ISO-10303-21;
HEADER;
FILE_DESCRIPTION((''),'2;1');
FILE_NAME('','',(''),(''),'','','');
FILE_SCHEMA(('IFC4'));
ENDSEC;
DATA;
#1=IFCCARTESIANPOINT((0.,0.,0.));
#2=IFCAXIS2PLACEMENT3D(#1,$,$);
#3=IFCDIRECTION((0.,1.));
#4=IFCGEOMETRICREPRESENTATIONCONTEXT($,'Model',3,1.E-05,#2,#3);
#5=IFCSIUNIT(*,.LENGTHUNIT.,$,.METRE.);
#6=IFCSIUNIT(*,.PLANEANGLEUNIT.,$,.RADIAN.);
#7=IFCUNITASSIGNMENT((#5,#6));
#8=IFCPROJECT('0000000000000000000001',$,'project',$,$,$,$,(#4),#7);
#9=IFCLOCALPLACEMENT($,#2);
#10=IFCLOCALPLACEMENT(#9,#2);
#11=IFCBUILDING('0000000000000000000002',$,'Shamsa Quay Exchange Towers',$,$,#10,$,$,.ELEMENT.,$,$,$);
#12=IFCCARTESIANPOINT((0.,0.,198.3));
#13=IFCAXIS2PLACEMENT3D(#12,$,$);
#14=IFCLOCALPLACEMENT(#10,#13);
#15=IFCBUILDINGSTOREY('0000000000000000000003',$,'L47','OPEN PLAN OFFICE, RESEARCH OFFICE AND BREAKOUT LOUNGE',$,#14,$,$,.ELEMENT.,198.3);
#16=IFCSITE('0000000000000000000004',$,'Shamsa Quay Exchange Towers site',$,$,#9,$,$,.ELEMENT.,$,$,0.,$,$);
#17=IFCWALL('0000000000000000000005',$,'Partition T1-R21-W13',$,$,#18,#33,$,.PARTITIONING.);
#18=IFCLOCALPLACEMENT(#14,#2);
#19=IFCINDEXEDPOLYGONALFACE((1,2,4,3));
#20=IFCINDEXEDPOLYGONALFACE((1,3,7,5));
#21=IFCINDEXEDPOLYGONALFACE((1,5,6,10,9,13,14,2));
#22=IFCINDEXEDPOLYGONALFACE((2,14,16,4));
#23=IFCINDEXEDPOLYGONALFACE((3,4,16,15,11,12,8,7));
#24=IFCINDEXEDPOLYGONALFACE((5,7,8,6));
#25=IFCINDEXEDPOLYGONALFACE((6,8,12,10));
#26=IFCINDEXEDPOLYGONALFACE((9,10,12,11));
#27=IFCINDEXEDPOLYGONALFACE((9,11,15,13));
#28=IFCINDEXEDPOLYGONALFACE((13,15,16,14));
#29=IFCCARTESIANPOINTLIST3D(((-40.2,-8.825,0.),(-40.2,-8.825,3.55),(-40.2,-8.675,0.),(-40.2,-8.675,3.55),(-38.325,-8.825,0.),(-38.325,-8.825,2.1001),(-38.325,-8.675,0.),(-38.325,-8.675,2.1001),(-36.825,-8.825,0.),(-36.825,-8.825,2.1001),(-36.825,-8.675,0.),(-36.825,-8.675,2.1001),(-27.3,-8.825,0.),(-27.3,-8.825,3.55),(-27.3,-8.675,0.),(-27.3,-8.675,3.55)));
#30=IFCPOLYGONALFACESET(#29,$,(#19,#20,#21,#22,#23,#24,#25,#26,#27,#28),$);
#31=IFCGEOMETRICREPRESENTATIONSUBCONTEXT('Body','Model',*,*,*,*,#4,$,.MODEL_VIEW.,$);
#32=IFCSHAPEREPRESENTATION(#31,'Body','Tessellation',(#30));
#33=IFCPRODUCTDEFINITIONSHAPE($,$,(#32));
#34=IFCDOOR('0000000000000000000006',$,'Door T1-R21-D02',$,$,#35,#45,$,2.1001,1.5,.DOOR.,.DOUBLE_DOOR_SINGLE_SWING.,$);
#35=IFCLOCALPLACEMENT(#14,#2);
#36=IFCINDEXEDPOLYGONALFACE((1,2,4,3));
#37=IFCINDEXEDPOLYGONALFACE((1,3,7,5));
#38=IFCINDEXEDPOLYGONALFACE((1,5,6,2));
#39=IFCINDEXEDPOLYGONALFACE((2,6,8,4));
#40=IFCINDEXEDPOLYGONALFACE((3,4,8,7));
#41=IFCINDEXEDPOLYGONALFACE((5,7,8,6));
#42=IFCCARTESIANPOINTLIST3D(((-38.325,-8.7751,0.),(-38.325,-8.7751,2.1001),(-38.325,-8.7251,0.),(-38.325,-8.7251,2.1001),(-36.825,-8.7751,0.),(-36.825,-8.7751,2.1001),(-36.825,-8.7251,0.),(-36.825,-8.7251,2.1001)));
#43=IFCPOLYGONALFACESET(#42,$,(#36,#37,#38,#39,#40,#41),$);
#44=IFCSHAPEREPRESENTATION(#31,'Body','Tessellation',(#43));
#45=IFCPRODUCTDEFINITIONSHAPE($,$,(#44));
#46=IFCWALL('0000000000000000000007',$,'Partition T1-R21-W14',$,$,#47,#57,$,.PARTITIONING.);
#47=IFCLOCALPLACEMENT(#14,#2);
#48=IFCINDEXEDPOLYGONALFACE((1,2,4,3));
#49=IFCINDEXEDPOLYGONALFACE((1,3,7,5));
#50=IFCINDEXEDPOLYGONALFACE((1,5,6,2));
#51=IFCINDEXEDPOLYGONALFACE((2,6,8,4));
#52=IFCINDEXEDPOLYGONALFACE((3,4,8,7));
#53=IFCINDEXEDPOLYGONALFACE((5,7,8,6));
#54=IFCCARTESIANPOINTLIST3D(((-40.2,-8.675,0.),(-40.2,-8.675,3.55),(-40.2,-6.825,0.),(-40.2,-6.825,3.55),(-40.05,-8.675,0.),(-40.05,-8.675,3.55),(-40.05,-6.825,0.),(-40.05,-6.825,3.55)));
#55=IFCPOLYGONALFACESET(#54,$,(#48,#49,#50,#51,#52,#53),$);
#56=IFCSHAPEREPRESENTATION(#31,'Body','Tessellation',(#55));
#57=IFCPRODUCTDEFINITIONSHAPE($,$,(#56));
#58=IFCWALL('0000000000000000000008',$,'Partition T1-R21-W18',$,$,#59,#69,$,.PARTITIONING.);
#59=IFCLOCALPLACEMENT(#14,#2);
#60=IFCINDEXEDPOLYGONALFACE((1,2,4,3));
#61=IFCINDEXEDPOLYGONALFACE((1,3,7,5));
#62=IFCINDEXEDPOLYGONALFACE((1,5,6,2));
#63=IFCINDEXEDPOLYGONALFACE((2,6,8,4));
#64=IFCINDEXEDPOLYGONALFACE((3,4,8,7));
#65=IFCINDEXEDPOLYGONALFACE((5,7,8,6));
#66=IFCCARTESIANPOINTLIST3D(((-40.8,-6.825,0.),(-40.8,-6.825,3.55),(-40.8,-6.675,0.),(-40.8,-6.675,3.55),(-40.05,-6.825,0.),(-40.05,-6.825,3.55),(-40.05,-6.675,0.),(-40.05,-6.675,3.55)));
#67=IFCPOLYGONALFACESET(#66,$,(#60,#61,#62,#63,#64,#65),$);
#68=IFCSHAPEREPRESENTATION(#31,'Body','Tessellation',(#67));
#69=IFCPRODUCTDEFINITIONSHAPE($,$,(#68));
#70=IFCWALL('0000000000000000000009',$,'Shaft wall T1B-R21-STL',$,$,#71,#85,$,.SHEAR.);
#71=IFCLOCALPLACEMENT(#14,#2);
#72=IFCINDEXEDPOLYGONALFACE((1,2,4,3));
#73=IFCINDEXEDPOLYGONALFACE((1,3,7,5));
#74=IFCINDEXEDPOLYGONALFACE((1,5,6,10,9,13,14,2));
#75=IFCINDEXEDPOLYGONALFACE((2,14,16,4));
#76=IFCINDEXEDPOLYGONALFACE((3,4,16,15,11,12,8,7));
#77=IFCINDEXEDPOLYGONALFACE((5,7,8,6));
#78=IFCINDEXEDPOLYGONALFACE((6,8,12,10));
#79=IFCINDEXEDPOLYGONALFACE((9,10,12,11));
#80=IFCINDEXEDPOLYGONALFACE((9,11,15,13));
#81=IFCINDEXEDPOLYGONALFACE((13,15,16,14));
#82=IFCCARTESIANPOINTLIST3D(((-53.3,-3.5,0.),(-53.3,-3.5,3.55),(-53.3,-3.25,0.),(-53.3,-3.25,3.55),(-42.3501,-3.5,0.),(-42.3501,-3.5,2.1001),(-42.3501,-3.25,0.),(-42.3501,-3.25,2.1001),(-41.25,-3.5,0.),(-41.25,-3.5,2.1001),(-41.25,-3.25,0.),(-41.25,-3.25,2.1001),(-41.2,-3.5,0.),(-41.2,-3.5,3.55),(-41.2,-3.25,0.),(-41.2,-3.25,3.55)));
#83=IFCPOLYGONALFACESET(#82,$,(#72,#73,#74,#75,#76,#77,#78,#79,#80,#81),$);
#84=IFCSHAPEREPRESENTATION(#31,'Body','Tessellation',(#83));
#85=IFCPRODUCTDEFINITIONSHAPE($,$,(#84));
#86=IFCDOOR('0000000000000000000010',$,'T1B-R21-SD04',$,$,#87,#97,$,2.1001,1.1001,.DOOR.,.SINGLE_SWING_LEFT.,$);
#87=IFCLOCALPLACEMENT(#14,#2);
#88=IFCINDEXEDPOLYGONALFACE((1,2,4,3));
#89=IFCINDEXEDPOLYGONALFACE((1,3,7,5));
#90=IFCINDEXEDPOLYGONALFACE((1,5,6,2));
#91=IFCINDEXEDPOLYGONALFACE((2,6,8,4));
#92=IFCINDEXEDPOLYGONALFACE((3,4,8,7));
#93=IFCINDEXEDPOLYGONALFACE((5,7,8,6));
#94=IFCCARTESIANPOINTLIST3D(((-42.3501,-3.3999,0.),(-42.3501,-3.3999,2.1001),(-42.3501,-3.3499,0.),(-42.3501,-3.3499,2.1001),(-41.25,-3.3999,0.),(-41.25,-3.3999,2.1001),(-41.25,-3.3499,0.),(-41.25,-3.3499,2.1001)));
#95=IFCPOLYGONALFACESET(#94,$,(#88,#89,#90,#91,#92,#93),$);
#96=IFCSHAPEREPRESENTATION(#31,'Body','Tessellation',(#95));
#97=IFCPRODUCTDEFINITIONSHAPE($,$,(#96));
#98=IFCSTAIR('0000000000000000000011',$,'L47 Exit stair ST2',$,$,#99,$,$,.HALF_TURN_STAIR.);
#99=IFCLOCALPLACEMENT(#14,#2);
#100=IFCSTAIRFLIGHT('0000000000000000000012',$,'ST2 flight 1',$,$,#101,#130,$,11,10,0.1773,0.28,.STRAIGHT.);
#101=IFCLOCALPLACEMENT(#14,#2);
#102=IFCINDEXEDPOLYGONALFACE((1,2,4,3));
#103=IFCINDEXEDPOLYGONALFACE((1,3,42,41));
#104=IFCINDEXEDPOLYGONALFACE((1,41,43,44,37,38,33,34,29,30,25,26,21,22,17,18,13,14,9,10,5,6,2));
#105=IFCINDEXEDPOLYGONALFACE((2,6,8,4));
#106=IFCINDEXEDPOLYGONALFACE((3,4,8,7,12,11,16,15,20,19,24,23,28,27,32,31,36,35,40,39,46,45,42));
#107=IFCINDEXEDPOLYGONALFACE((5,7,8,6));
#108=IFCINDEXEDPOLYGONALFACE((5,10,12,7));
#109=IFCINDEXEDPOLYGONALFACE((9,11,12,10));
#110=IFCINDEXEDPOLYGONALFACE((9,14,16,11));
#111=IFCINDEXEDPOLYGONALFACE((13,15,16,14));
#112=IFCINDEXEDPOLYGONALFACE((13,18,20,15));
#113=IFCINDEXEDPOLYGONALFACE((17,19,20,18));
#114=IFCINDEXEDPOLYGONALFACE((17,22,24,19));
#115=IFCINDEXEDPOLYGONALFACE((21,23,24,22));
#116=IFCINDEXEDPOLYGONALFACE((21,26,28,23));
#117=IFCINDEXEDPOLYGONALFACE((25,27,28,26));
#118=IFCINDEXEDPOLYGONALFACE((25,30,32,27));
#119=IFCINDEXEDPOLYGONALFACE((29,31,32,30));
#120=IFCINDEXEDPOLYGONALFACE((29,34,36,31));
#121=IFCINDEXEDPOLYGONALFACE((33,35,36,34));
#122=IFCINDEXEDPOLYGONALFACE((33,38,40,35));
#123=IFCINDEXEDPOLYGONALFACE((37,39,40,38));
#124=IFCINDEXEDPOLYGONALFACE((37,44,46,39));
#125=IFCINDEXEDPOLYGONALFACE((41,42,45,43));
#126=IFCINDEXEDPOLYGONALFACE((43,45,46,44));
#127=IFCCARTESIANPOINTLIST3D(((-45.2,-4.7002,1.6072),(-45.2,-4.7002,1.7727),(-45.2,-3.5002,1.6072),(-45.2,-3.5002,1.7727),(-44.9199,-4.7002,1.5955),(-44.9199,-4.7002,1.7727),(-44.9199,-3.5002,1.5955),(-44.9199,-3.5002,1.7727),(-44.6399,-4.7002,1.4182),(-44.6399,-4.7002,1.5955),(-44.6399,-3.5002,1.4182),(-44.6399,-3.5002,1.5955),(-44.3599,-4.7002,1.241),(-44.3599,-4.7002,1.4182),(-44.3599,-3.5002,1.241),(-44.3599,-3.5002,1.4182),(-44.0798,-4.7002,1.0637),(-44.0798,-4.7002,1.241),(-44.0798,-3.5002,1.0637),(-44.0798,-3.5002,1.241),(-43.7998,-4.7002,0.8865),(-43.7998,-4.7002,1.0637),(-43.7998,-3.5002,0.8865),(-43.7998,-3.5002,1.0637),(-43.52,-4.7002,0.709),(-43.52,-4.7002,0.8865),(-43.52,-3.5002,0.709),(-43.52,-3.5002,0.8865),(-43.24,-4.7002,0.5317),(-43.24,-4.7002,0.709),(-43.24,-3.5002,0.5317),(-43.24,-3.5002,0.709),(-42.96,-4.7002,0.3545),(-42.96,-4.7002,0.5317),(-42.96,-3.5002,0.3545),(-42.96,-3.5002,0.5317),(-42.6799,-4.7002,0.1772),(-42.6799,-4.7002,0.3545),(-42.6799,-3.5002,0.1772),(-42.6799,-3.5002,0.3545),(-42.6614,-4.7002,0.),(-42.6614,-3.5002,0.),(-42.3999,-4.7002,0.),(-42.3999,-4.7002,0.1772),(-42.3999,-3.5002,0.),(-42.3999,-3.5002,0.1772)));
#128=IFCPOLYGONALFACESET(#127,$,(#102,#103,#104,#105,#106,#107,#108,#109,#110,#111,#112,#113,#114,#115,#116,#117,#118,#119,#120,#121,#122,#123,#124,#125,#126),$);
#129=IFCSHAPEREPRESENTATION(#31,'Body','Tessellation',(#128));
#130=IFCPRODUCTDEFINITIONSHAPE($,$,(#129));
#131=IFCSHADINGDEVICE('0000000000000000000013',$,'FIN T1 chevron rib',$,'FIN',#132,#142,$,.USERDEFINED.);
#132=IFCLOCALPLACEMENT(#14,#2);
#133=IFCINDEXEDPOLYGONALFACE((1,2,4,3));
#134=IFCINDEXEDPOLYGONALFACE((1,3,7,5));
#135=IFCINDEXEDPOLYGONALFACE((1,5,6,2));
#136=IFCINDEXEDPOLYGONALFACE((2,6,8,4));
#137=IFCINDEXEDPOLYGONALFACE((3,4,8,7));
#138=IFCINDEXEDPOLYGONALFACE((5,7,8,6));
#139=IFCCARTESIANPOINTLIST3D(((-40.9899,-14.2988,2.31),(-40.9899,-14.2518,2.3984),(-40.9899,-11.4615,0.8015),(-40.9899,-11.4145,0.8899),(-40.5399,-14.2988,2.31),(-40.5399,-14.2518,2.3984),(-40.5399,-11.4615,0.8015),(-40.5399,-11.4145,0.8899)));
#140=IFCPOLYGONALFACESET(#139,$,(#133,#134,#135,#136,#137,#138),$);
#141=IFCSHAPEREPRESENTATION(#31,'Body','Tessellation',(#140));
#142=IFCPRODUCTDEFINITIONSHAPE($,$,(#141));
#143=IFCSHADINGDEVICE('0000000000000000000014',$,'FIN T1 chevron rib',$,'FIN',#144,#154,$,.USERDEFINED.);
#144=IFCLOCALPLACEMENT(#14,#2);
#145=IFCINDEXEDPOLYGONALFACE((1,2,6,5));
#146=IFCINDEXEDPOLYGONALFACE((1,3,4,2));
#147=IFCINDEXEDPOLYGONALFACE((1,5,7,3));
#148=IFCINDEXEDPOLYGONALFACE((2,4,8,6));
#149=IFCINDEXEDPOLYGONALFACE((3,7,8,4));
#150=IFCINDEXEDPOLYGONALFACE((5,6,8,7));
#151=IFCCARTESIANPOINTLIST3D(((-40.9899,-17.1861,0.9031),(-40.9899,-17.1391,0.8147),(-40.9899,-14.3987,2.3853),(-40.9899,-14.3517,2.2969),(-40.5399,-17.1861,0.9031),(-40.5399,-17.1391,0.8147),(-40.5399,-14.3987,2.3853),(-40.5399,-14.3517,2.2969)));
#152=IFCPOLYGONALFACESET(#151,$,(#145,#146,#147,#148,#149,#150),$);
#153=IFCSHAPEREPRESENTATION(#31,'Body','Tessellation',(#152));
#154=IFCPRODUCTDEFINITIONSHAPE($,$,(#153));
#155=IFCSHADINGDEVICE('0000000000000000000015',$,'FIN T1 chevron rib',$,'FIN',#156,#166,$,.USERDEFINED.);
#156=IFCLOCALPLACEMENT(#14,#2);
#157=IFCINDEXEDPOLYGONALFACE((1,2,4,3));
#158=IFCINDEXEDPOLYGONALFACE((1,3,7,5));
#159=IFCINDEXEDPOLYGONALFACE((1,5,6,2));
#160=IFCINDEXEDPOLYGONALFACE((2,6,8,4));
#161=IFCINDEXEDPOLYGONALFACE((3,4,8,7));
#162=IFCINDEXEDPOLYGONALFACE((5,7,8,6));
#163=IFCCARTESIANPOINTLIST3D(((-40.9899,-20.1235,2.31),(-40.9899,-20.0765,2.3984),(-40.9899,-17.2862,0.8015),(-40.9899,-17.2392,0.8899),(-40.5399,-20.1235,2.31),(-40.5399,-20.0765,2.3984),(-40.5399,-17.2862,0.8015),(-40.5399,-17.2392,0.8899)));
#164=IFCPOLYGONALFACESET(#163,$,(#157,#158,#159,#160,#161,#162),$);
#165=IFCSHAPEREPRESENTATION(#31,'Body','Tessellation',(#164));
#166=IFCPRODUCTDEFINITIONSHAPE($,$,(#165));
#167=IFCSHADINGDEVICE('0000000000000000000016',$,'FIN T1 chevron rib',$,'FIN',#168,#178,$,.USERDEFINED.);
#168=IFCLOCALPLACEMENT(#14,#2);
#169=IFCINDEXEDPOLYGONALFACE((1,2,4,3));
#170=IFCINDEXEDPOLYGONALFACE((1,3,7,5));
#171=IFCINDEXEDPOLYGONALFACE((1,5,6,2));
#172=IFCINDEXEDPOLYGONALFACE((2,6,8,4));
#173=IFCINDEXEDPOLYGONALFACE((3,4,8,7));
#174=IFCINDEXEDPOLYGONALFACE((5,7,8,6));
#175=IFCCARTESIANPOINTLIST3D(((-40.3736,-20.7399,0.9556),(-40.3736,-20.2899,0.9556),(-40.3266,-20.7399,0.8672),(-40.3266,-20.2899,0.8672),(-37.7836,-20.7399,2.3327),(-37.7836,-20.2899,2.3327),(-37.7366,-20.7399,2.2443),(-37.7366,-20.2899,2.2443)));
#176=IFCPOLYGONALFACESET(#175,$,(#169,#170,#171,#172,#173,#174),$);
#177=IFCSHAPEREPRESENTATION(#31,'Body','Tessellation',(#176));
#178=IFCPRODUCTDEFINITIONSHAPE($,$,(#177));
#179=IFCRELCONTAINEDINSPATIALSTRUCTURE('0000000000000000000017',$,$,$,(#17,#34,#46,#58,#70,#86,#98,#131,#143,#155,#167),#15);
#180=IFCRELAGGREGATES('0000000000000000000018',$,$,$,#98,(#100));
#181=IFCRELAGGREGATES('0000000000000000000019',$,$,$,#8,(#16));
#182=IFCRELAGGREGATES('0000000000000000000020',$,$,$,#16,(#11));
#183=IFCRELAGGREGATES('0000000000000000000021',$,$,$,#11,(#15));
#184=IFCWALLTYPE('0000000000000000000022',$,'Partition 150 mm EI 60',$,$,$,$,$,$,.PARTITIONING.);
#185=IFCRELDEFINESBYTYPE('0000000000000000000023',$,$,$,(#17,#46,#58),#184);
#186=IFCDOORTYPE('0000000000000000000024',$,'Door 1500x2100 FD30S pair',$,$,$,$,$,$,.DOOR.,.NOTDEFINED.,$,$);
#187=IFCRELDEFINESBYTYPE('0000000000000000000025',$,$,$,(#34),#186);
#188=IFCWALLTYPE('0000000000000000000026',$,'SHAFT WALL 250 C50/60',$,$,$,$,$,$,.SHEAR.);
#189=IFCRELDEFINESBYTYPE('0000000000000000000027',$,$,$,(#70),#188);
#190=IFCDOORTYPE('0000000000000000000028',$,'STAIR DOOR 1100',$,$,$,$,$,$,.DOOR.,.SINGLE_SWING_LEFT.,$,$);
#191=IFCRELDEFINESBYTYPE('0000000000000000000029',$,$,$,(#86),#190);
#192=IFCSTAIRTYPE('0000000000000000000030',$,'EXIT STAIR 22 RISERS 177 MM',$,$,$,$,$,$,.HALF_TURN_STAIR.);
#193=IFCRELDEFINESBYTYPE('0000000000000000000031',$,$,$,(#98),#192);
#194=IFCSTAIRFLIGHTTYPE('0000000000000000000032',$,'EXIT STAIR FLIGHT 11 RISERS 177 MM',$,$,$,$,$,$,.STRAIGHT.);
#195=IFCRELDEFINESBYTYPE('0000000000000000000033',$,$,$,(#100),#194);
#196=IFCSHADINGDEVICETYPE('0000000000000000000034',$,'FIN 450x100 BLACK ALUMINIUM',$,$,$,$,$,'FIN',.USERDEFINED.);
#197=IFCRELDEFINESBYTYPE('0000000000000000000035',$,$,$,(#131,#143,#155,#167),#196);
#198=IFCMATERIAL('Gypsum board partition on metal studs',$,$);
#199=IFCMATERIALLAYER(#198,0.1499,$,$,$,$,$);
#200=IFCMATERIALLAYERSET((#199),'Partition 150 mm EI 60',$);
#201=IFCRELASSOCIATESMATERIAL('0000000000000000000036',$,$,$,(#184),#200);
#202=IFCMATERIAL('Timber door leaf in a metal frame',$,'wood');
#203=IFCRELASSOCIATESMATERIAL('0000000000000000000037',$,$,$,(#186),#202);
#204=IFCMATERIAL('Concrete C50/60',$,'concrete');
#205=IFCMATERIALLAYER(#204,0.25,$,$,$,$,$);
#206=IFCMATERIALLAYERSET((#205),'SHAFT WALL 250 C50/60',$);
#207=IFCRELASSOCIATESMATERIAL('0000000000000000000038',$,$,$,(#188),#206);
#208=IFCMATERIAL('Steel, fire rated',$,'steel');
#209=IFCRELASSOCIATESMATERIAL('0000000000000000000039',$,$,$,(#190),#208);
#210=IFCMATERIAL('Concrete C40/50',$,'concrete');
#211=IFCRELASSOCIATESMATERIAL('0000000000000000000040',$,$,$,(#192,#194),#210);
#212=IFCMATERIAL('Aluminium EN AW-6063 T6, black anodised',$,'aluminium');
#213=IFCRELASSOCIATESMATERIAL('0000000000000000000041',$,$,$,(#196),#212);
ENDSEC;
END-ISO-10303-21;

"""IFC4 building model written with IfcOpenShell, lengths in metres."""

from ifc_helpers import new_model, si_unit, direction, frame, frame_2d, origin, origin_2d, place, context, subcontext, project, spatial, polyline, rectangle, outline, extrude, material, layer, layer_set, material_profile, profile_set, type_object, element, fill, aggregate, save


model = new_model("IFC4")

# Units and contexts
model_context = context("Model", 3, precision=1e-05, world=origin(), true_north=direction((0.0, 1.0)))
body_context = subcontext(model_context, "Body", "Model", "MODEL_VIEW")
ifc_project = project(units=[si_unit("LENGTHUNIT", "METRE"), si_unit("PLANEANGLEUNIT", "RADIAN")], contexts=[model_context])

# Site, building, storey
site_placement = place(None, origin())
site = spatial("IfcSite", under=ifc_project, at=site_placement, Name="Shamsa Quay Exchange Towers site", CompositionType="ELEMENT", RefElevation=0.0)
building_placement = place(site_placement, origin())
building = spatial("IfcBuilding", under=site, at=building_placement, Name="Shamsa Quay Exchange Towers", CompositionType="ELEMENT")
storey_placement = place(building_placement, frame((0.0, 0.0, 198.3)))
storey = spatial("IfcBuildingStorey", under=building, at=storey_placement, Name="L47", Description="OPEN PLAN OFFICE, RESEARCH OFFICE AND BREAKOUT LOUNGE", CompositionType="ELEMENT", Elevation=198.3)

# Shared definitions
ifc_material_1 = material(Name="Aluminium EN AW-6063 T6, black anodised", Category="aluminium")

# Shared definitions
ifc_material_2 = material(Name="Steel, fire rated", Category="steel")
ifc_material_3 = material(Name="Timber door leaf in a metal frame", Category="wood")

# Wall, opening, door
ifc_material_4 = material(Name="Gypsum board partition on metal studs")
ifc_layer_1 = layer(ifc_material_4, 0.1499)
ifc_layer_set_1 = layer_set([ifc_layer_1], Name="Partition 150 mm EI 60")
wall_type_1 = type_object("IfcWallType", Name="Partition 150 mm EI 60", PredefinedType="PARTITIONING", material=ifc_layer_set_1)
wall_1_placement = place(storey_placement, frame((-40.2, -8.75, 0.0)))
wall_1 = element("IfcWall", 1, at=wall_1_placement, inside=storey, type_object=wall_type_1, Name="Partition T1-R21-W13", PredefinedType="PARTITIONING", context=body_context, shape_type="SweptSolid", body=[
    extrude(rectangle(XDim=12.8999, YDim=0.1499, at=frame_2d((6.45, 0.0))), origin(), (0.0, 0.0, 1.0), 3.55),
])
opening_1_placement = place(wall_1_placement, frame((1.875, 0.0, 0.0)))
opening_1 = element("IfcOpeningElement", 2, at=opening_1_placement, cuts=wall_1, PredefinedType="OPENING", context=body_context, shape_type="SweptSolid", body=[
    extrude(rectangle(XDim=1.5, YDim=2.1001, at=frame_2d((0.75, 1.05))), frame((0.0, 0.085, 0.0), z_axis=(0.0, -1.0, 0.0), x_axis=(1.0, 0.0, 0.0)), (0.0, 0.0, 1.0), 0.1699),
])
door_type_1 = type_object("IfcDoorType", Name="Door 1500x2100 FD30S pair", OperationType="NOTDEFINED", PredefinedType="DOOR", material=ifc_material_3)
door_1_placement = place(opening_1_placement, origin())
door_1 = element("IfcDoor", 3, at=door_1_placement, inside=storey, type_object=door_type_1, Name="Door T1-R21-D02", OperationType="DOUBLE_DOOR_SINGLE_SWING", OverallHeight=2.1001, OverallWidth=1.5, PredefinedType="DOOR", context=body_context, shape_type="SweptSolid", body=[
    extrude(rectangle(XDim=1.5, YDim=2.1001, at=frame_2d((0.75, 1.05))), frame((0.0, 0.0249, 0.0), z_axis=(0.0, -1.0, 0.0), x_axis=(1.0, 0.0, 0.0)), (0.0, 0.0, 1.0), 0.05),
])
fill(opening_1, door_1)

# Walls
wall_2_placement = place(storey_placement, frame((-40.125, -6.825, 0.0), z_axis=(0.0, 0.0, 1.0), x_axis=(0.0, -1.0, 0.0)))
element("IfcWall", 4, at=wall_2_placement, inside=storey, type_object=wall_type_1, Name="Partition T1-R21-W14", PredefinedType="PARTITIONING", context=body_context, shape_type="SweptSolid", body=[
    extrude(rectangle(XDim=1.8501, YDim=0.1499, at=frame_2d((0.925, 0.0))), origin(), (0.0, 0.0, 1.0), 3.55),
])
wall_3_placement = place(storey_placement, frame((-40.8, -6.75, 0.0)))
element("IfcWall", 5, at=wall_3_placement, inside=storey, type_object=wall_type_1, Name="Partition T1-R21-W18", PredefinedType="PARTITIONING", context=body_context, shape_type="SweptSolid", body=[
    extrude(rectangle(XDim=0.75, YDim=0.1499, at=frame_2d((0.375, 0.0))), origin(), (0.0, 0.0, 1.0), 3.55),
])

# Wall, opening, door
ifc_material_5 = material(Name="Concrete C50/60", Category="concrete")
ifc_layer_2 = layer(ifc_material_5, 0.25)
ifc_layer_set_2 = layer_set([ifc_layer_2], Name="SHAFT WALL 250 C50/60")
wall_type_2 = type_object("IfcWallType", Name="SHAFT WALL 250 C50/60", PredefinedType="SHEAR", material=ifc_layer_set_2)
wall_4_placement = place(storey_placement, frame((-41.2, -3.375, 0.0), z_axis=(0.0, 0.0, 1.0), x_axis=(-1.0, 0.0, 0.0)))
wall_4 = element("IfcWall", 6, at=wall_4_placement, inside=storey, type_object=wall_type_2, Name="Shaft wall T1B-R21-STL", PredefinedType="SHEAR", context=body_context, shape_type="SweptSolid", body=[
    extrude(rectangle(XDim=12.1001, YDim=0.25, at=frame_2d((6.05, 0.0))), origin(), (0.0, 0.0, 1.0), 3.55),
])
opening_2_placement = place(wall_4_placement, frame((0.05, 0.0, 0.0)))
opening_2 = element("IfcOpeningElement", 7, at=opening_2_placement, cuts=wall_4, PredefinedType="OPENING", context=body_context, shape_type="SweptSolid", body=[
    extrude(rectangle(XDim=1.1001, YDim=2.1001, at=frame_2d((0.55, 1.05))), frame((0.0, 0.135, 0.0), z_axis=(0.0, -1.0, 0.0), x_axis=(1.0, 0.0, 0.0)), (0.0, 0.0, 1.0), 0.27),
])
door_type_2 = type_object("IfcDoorType", Name="STAIR DOOR 1100", OperationType="SINGLE_SWING_LEFT", PredefinedType="DOOR", material=ifc_material_2)
door_2_placement = place(opening_2_placement, origin())
door_2 = element("IfcDoor", 8, at=door_2_placement, inside=storey, type_object=door_type_2, Name="T1B-R21-SD04", OperationType="SINGLE_SWING_LEFT", OverallHeight=2.1001, OverallWidth=1.1001, PredefinedType="DOOR", context=body_context, shape_type="SweptSolid", body=[
    extrude(rectangle(XDim=1.1001, YDim=2.1001, at=frame_2d((0.55, 1.05))), frame((0.0, 0.0249, 0.0), z_axis=(0.0, -1.0, 0.0), x_axis=(1.0, 0.0, 0.0)), (0.0, 0.0, 1.0), 0.05),
])
fill(opening_2, door_2)

# Stair, stair flight
ifc_material_6 = material(Name="Concrete C40/50", Category="concrete")
stair_type = type_object("IfcStairType", Name="EXIT STAIR 22 RISERS 177 MM", PredefinedType="HALF_TURN_STAIR", material=ifc_material_6)
stair_placement = place(storey_placement, origin())
stair = element("IfcStair", 9, at=stair_placement, inside=storey, type_object=stair_type, Name="L47 Exit stair ST2", PredefinedType="HALF_TURN_STAIR")
stair_flight_type = type_object("IfcStairFlightType", Name="EXIT STAIR FLIGHT 11 RISERS 177 MM", PredefinedType="STRAIGHT", material=ifc_material_6)
stair_flight_placement = place(storey_placement, frame((-42.3999, -4.1001, 0.0), z_axis=(0.0, 0.0, 1.0), x_axis=(-1.0, 0.0, 0.0)))
stair_flight = element("IfcStairFlight", 10, at=stair_flight_placement, type_object=stair_flight_type, Name="ST2 flight 1", NumberOfRisers=11, NumberOfTreads=10, PredefinedType="STRAIGHT", RiserHeight=0.1773, TreadLength=0.28, context=body_context, shape_type="SweptSolid", body=[
    extrude(outline(polyline([(0.0, 0.0), (0.0, 0.1772), (0.28, 0.1772), (0.28, 0.3545), (0.5601, 0.3545), (0.5601, 0.5317), (0.8401, 0.5317), (0.8401, 0.709), (1.1201, 0.709), (1.1201, 0.8865), (1.3999, 0.8865), (1.3999, 1.0637), (1.6799, 1.0637), (1.6799, 1.241), (1.96, 1.241), (1.96, 1.4182), (2.24, 1.4182), (2.24, 1.5955), (2.52, 1.5955), (2.52, 1.7727), (2.8, 1.7727), (2.8, 1.95), (2.8, 1.6072), (0.2615, 0.0), (0.0, 0.0)])), frame((0.0, 0.6001, 0.0), z_axis=(0.0, -1.0, 0.0), x_axis=(1.0, 0.0, 0.0)), (0.0, 0.0, 1.0), 1.2),
])
aggregate(stair, [stair_flight])

# Shading devices
ifc_material_profile_1 = material_profile(ifc_material_1, rectangle(XDim=0.45, YDim=0.1001, at=origin_2d()), Name="FIN450x100")
ifc_profile_set_1 = profile_set([ifc_material_profile_1], Name="Aluminium EN AW-6063 T6, black anodised")
shading_device_type = type_object("IfcShadingDeviceType", Name="FIN 450x100 BLACK ALUMINIUM", ElementType="FIN", PredefinedType="USERDEFINED", material=ifc_profile_set_1)
shading_device_1_placement = place(storey_placement, frame((-40.7649, -11.438, 0.8457), z_axis=(0.0, -0.882964, 0.46944), x_axis=(1.0, 0.0, 0.0)))
element("IfcShadingDevice", 11, at=shading_device_1_placement, inside=storey, type_object=shading_device_type, Name="FIN T1 chevron rib", ObjectType="FIN", PredefinedType="USERDEFINED", context=body_context, shape_type="SweptSolid", body=[
    extrude(rectangle(XDim=0.45, YDim=0.1001, at=origin_2d()), origin(), (0.0, 0.0, 1.0), 3.2134),
])
shading_device_2_placement = place(storey_placement, frame((-40.7649, -14.3752, 2.3411), z_axis=(0.0, -0.882932, -0.4695), x_axis=(1.0, 0.0, 0.0)))
element("IfcShadingDevice", 12, at=shading_device_2_placement, inside=storey, type_object=shading_device_type, Name="FIN T1 chevron rib", ObjectType="FIN", PredefinedType="USERDEFINED", context=body_context, shape_type="SweptSolid", body=[
    extrude(rectangle(XDim=0.45, YDim=0.1001, at=origin_2d()), origin(), (0.0, 0.0, 1.0), 3.157),
])
shading_device_3_placement = place(storey_placement, frame((-40.7649, -17.2627, 0.8457), z_axis=(0.0, -0.882964, 0.46944), x_axis=(1.0, 0.0, 0.0)))
element("IfcShadingDevice", 13, at=shading_device_3_placement, inside=storey, type_object=shading_device_type, Name="FIN T1 chevron rib", ObjectType="FIN", PredefinedType="USERDEFINED", context=body_context, shape_type="SweptSolid", body=[
    extrude(rectangle(XDim=0.45, YDim=0.1001, at=origin_2d()), origin(), (0.0, 0.0, 1.0), 3.2134),
])
shading_device_4_placement = place(storey_placement, frame((-40.3501, -20.5149, 0.9114), z_axis=(0.882944, 0.0, 0.469478), x_axis=(0.0, 1.0, 0.0)))
element("IfcShadingDevice", 14, at=shading_device_4_placement, inside=storey, type_object=shading_device_type, Name="FIN T1 chevron rib", ObjectType="FIN", PredefinedType="USERDEFINED", context=body_context, shape_type="SweptSolid", body=[
    extrude(rectangle(XDim=0.45, YDim=0.1001, at=origin_2d()), origin(), (0.0, 0.0, 1.0), 2.9333),
])

save(model, "model.ifc")
